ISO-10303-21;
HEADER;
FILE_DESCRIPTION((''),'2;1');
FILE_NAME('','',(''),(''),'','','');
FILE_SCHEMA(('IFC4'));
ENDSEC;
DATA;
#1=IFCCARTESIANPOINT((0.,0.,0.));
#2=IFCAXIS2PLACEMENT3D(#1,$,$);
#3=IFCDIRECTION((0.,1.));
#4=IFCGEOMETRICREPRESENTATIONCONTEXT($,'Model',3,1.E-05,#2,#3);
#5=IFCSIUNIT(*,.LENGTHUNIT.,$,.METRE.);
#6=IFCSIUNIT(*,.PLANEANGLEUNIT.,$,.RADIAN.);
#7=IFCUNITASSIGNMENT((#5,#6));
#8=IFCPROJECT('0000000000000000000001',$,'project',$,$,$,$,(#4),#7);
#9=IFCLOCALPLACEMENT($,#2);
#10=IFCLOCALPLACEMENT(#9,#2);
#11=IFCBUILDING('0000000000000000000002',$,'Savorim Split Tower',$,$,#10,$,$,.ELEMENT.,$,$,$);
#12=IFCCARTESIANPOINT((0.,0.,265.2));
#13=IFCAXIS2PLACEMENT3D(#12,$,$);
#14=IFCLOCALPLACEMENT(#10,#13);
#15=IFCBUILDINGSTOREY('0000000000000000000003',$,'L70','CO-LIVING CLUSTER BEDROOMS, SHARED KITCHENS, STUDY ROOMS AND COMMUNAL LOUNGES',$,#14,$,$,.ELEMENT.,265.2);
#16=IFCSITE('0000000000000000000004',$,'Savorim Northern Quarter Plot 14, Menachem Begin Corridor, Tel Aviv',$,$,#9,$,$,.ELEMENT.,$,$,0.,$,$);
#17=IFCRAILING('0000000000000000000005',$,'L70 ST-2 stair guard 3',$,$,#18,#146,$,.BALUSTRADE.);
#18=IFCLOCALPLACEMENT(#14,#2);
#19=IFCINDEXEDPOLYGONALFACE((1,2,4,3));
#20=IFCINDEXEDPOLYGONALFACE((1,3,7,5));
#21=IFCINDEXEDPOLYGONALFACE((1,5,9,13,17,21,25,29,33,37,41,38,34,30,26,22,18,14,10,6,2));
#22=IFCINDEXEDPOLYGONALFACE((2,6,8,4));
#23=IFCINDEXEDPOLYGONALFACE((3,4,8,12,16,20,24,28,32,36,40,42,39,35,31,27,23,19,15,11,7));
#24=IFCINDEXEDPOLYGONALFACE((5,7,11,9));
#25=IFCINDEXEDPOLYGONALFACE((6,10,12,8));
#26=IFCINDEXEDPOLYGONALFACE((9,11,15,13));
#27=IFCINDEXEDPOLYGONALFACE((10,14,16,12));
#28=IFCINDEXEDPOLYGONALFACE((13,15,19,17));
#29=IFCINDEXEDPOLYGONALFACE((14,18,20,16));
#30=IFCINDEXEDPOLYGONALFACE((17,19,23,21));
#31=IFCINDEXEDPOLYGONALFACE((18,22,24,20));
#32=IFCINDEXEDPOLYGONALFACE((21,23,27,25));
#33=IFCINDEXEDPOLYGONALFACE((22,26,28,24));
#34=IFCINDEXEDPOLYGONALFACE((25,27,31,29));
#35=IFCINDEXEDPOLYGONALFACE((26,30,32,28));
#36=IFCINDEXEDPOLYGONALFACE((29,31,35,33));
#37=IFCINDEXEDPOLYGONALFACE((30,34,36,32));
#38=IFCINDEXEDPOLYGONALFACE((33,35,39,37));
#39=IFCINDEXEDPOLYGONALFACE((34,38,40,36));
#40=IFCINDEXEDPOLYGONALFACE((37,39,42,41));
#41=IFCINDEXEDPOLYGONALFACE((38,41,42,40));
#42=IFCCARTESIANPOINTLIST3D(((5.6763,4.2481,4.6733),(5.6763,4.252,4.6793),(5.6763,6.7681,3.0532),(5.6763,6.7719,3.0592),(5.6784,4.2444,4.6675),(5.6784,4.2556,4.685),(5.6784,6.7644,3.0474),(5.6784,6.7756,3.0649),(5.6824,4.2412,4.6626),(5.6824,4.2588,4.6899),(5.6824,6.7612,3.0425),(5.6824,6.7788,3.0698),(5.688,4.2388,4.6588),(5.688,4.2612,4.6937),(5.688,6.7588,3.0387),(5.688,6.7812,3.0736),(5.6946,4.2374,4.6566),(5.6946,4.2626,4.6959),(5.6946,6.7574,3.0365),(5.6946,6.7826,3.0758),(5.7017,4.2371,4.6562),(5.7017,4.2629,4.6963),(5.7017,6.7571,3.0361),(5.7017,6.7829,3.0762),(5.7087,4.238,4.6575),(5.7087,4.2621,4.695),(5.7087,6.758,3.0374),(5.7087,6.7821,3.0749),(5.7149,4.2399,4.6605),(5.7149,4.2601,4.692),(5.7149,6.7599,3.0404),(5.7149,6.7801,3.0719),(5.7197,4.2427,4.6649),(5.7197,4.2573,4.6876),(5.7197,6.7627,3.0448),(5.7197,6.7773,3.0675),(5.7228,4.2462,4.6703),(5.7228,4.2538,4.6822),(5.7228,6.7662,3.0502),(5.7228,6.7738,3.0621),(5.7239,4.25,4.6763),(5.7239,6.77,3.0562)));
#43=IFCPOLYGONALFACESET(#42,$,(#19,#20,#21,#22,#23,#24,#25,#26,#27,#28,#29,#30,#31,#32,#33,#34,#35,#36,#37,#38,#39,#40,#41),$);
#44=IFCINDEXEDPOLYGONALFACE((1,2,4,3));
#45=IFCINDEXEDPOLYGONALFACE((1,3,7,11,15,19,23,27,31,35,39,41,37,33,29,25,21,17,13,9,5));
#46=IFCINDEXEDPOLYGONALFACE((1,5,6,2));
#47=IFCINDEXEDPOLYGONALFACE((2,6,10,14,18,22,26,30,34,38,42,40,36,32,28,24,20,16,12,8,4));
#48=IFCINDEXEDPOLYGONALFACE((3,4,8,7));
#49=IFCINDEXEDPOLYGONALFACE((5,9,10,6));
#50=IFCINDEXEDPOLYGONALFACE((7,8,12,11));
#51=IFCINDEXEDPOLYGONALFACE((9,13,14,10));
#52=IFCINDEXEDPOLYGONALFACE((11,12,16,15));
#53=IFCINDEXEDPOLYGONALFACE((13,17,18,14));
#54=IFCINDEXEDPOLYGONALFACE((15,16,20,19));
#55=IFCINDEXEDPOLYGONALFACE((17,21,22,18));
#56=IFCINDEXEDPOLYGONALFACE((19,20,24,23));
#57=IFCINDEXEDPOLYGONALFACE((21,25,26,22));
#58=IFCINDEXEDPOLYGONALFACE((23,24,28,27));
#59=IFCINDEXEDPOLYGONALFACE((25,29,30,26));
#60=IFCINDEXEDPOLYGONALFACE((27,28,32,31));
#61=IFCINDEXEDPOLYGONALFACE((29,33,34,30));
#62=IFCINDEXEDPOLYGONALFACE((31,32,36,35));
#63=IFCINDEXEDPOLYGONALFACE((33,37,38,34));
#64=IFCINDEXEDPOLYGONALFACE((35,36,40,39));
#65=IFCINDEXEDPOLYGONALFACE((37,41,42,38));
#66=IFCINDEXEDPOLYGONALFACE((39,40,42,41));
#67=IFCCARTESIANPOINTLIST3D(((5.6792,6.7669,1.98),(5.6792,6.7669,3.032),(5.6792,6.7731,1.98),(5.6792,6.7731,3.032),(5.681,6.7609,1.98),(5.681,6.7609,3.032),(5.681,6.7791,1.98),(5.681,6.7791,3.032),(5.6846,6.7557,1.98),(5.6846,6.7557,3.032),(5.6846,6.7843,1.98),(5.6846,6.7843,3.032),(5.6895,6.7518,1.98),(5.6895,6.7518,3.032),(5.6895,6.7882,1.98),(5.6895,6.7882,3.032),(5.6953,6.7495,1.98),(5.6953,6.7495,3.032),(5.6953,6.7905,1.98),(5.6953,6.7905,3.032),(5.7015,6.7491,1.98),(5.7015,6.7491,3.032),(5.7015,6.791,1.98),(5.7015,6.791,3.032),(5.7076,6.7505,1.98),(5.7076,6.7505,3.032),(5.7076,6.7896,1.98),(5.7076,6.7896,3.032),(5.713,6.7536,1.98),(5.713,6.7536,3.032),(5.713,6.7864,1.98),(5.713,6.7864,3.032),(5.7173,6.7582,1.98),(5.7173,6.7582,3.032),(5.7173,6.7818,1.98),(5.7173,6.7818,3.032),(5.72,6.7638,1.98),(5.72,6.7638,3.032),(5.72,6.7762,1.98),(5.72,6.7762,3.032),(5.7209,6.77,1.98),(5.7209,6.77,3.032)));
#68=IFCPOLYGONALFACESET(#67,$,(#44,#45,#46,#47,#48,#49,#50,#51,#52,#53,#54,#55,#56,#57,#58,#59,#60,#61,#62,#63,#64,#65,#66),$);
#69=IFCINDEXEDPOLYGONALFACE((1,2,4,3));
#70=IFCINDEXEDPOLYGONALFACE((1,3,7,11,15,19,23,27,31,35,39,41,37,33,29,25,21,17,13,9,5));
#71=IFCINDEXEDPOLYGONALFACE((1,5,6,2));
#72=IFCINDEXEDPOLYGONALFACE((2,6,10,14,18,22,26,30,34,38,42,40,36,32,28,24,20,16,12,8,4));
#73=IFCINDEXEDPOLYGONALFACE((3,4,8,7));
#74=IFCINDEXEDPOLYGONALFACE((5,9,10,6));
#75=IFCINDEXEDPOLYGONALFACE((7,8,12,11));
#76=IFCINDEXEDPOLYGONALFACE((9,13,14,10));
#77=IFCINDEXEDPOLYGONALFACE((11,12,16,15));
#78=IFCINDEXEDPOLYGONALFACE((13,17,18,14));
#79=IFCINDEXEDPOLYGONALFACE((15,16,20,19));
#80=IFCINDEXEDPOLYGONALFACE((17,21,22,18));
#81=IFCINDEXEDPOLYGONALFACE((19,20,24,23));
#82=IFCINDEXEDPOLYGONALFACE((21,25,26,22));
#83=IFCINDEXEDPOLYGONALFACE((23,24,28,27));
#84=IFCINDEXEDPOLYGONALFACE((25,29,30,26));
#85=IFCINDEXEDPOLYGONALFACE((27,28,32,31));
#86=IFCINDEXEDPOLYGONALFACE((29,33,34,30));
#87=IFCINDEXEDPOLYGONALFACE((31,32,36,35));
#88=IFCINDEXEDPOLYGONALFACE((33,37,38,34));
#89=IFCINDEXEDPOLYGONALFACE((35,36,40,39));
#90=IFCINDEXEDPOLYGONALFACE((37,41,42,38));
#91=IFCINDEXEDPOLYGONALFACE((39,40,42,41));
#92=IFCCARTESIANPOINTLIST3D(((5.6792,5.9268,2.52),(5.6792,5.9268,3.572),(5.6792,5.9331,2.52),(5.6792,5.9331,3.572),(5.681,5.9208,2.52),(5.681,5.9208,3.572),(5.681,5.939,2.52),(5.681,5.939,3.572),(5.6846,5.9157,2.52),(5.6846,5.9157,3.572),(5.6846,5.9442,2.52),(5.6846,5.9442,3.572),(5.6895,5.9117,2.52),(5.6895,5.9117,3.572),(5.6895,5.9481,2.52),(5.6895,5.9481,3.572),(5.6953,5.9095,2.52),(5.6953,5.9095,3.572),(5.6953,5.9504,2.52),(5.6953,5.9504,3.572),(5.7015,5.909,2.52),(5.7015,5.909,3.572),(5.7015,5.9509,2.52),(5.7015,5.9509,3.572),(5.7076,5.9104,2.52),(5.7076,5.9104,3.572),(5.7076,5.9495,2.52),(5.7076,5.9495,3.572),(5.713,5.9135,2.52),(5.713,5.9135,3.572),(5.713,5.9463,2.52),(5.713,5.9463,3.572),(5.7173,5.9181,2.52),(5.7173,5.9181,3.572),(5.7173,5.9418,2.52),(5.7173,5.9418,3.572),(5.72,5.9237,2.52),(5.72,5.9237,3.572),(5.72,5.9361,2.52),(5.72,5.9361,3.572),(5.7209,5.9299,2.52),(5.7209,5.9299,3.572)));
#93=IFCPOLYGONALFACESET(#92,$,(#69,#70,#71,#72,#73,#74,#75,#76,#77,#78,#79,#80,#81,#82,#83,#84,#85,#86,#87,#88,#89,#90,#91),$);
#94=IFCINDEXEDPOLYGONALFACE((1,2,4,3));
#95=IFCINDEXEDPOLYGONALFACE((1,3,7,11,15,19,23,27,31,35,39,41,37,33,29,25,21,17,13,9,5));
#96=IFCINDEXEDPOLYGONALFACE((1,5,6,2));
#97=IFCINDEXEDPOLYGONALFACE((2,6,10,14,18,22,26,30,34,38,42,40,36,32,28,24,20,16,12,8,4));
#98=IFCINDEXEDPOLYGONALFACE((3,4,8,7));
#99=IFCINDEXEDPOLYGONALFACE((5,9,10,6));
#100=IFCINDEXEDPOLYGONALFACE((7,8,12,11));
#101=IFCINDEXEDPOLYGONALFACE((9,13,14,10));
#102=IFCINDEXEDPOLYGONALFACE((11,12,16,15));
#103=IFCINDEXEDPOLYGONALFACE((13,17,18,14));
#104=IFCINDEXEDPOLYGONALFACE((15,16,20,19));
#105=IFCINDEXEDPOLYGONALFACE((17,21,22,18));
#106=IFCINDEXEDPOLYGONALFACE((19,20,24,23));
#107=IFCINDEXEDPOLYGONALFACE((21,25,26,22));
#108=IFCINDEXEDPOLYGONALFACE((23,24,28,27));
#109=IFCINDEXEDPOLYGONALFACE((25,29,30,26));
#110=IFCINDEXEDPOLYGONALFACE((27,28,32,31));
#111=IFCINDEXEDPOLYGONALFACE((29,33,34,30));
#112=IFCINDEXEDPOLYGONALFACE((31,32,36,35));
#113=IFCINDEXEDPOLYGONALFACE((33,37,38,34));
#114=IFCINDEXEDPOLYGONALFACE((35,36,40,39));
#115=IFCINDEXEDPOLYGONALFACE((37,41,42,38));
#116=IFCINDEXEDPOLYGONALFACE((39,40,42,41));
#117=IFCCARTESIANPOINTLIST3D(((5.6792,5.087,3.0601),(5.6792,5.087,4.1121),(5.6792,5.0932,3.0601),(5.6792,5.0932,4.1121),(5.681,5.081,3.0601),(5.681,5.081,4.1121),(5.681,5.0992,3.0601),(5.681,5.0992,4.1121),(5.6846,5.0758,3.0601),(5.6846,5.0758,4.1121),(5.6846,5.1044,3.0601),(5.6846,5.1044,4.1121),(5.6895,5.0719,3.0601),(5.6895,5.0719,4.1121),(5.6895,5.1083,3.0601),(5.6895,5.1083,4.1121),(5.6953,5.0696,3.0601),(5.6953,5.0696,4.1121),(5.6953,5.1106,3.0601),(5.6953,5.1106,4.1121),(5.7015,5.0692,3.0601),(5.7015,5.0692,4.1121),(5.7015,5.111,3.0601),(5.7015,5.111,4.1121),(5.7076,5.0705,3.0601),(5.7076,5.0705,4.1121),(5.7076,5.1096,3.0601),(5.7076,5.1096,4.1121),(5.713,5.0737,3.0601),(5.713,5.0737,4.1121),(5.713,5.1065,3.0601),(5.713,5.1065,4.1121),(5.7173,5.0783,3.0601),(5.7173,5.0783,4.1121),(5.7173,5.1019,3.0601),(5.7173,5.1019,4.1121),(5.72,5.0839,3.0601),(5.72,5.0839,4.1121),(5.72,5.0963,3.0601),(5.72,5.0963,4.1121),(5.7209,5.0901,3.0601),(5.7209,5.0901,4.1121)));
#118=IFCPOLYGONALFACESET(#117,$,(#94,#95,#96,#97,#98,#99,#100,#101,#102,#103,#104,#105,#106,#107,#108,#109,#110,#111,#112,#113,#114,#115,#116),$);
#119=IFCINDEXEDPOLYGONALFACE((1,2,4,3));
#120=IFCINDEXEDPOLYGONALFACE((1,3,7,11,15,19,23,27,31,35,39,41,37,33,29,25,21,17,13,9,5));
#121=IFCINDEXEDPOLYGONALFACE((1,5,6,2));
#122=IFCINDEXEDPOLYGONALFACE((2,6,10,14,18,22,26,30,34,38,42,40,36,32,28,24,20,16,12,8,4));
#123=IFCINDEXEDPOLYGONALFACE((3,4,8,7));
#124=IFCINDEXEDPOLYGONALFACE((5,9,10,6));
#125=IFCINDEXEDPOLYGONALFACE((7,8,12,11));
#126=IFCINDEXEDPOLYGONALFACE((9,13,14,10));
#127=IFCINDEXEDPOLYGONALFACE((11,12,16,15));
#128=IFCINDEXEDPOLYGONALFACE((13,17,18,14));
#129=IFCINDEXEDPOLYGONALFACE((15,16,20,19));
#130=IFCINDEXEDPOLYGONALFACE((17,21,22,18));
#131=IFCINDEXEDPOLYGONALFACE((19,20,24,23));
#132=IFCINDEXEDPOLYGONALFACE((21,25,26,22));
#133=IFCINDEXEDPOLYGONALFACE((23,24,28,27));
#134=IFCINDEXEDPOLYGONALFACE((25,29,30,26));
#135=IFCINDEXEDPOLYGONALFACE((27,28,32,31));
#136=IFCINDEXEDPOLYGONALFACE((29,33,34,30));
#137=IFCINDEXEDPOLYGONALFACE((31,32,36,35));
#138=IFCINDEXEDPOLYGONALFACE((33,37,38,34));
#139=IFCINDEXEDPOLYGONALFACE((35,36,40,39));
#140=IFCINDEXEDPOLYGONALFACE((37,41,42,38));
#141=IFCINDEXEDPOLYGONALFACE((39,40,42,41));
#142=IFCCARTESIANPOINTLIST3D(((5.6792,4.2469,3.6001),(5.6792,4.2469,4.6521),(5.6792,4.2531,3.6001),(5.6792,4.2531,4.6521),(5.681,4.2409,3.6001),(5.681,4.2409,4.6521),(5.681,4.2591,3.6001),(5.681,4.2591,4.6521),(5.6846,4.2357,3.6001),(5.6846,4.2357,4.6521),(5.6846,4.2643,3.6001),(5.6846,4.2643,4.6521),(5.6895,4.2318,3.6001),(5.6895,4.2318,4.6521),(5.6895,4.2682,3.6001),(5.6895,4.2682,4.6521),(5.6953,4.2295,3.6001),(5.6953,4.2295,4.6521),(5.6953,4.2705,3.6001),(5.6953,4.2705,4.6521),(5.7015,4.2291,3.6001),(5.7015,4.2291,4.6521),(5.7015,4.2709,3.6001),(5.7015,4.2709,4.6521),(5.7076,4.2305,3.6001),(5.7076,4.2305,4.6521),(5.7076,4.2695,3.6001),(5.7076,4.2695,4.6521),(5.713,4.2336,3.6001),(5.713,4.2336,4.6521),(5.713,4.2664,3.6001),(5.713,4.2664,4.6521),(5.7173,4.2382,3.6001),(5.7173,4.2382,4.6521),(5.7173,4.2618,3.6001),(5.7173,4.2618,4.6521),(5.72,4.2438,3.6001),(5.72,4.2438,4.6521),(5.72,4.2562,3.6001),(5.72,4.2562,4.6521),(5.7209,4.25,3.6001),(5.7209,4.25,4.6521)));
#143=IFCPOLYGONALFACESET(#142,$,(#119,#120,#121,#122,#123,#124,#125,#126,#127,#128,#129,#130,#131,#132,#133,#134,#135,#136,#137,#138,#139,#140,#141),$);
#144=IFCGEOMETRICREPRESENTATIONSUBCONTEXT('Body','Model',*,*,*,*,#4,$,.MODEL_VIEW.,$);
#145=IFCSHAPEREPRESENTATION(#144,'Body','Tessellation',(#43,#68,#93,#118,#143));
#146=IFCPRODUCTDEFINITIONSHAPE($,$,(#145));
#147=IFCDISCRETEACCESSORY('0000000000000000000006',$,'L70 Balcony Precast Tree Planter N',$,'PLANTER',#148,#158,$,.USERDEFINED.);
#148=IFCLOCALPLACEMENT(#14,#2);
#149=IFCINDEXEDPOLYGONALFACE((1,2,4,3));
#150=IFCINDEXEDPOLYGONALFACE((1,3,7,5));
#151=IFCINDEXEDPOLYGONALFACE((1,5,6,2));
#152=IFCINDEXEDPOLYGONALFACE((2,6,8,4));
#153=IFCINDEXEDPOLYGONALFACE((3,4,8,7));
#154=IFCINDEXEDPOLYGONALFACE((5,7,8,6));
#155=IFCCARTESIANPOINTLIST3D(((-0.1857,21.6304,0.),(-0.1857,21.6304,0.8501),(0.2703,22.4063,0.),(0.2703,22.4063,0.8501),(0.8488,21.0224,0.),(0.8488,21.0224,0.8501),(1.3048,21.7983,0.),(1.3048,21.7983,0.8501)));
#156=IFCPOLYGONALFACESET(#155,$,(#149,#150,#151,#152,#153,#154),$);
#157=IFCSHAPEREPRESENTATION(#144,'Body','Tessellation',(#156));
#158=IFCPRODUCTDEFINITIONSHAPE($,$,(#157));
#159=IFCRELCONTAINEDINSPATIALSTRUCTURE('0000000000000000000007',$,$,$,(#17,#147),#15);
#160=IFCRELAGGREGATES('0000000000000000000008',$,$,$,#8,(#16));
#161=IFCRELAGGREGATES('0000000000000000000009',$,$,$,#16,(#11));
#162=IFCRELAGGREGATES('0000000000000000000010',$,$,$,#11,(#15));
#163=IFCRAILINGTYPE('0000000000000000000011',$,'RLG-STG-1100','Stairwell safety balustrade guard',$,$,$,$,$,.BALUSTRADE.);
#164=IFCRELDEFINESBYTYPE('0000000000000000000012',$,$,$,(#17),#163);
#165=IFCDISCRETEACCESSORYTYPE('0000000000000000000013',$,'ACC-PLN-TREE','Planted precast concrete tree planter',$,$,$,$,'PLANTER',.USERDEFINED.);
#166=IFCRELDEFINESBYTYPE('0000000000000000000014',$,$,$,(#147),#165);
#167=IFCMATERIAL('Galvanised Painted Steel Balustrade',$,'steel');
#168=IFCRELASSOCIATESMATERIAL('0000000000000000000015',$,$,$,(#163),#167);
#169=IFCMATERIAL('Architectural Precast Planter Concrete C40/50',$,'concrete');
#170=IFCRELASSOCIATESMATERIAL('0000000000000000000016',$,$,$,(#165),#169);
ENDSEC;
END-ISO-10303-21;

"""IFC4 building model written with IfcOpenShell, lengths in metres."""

from ifc_helpers import new_model, si_unit, direction, frame, origin, origin_2d, place, context, subcontext, project, spatial, rectangle, circle, extrude, material, type_object, element, save


model = new_model("IFC4")

# Units and contexts
model_context = context("Model", 3, precision=1e-05, world=origin(), true_north=direction((0.0, 1.0)))
body_context = subcontext(model_context, "Body", "Model", "MODEL_VIEW")
ifc_project = project(units=[si_unit("LENGTHUNIT", "METRE"), si_unit("PLANEANGLEUNIT", "RADIAN")], contexts=[model_context])

# Site, building, storey
site_placement = place(None, origin())
site = spatial("IfcSite", under=ifc_project, at=site_placement, Name="Savorim Northern Quarter Plot 14, Menachem Begin Corridor, Tel Aviv", CompositionType="ELEMENT", RefElevation=0.0)
building_placement = place(site_placement, origin())
building = spatial("IfcBuilding", under=site, at=building_placement, Name="Savorim Split Tower", CompositionType="ELEMENT")
storey_placement = place(building_placement, frame((0.0, 0.0, 265.2)))
storey = spatial("IfcBuildingStorey", under=building, at=storey_placement, Name="L70", Description="CO-LIVING CLUSTER BEDROOMS, SHARED KITCHENS, STUDY ROOMS AND COMMUNAL LOUNGES", CompositionType="ELEMENT", Elevation=265.2)

# Railing
ifc_material_1 = material(Name="Galvanised Painted Steel Balustrade", Category="steel")
railing_type_1 = type_object("IfcRailingType", Name="RLG-STG-1100", Description="Stairwell safety balustrade guard", PredefinedType="BALUSTRADE", material=ifc_material_1)
railing_1_placement = place(storey_placement, frame((5.7, 6.77, 1.98)))
element("IfcRailing", 1, at=railing_1_placement, inside=storey, type_object=railing_type_1, Name="L70 ST-2 stair guard 3", PredefinedType="BALUSTRADE", context=body_context, shape_type="SweptSolid", body=[
    extrude(circle(Radius=0.0239, at=origin_2d()), frame((0.0, 0.0, 1.0762), z_axis=(0.0, -0.841163, 0.540782), x_axis=(1.0, 0.0, 0.0)), (0.0, 0.0, 1.0), 2.9958),
    extrude(circle(Radius=0.021, at=origin_2d()), origin(), (0.0, 0.0, 1.0), 1.052),
    extrude(circle(Radius=0.021, at=origin_2d()), frame((0.0, -0.8401, 0.54)), (0.0, 0.0, 1.0), 1.052),
    extrude(circle(Radius=0.021, at=origin_2d()), frame((0.0, -1.6799, 1.0801)), (0.0, 0.0, 1.0), 1.052),
    extrude(circle(Radius=0.021, at=origin_2d()), frame((0.0, -2.52, 1.6201)), (0.0, 0.0, 1.0), 1.052),
])

# Discrete accessory
ifc_material_2 = material(Name="Architectural Precast Planter Concrete C40/50", Category="concrete")
discrete_accessory_type = type_object("IfcDiscreteAccessoryType", Name="ACC-PLN-TREE", Description="Planted precast concrete tree planter", ElementType="PLANTER", PredefinedType="USERDEFINED", material=ifc_material_2)
discrete_accessory_placement = place(storey_placement, frame((0.5596, 21.7144, 0.0), z_axis=(0.0, 0.0, 1.0), x_axis=(-0.862125, 0.506696, 0.0)))
element("IfcDiscreteAccessory", 2, at=discrete_accessory_placement, inside=storey, type_object=discrete_accessory_type, Name="L70 Balcony Precast Tree Planter N", ObjectType="PLANTER", PredefinedType="USERDEFINED", context=body_context, shape_type="SweptSolid", body=[
    extrude(rectangle(XDim=1.2, YDim=0.8999, at=origin_2d()), origin(), (0.0, 0.0, 1.0), 0.8501),
])

save(model, "model.ifc")
